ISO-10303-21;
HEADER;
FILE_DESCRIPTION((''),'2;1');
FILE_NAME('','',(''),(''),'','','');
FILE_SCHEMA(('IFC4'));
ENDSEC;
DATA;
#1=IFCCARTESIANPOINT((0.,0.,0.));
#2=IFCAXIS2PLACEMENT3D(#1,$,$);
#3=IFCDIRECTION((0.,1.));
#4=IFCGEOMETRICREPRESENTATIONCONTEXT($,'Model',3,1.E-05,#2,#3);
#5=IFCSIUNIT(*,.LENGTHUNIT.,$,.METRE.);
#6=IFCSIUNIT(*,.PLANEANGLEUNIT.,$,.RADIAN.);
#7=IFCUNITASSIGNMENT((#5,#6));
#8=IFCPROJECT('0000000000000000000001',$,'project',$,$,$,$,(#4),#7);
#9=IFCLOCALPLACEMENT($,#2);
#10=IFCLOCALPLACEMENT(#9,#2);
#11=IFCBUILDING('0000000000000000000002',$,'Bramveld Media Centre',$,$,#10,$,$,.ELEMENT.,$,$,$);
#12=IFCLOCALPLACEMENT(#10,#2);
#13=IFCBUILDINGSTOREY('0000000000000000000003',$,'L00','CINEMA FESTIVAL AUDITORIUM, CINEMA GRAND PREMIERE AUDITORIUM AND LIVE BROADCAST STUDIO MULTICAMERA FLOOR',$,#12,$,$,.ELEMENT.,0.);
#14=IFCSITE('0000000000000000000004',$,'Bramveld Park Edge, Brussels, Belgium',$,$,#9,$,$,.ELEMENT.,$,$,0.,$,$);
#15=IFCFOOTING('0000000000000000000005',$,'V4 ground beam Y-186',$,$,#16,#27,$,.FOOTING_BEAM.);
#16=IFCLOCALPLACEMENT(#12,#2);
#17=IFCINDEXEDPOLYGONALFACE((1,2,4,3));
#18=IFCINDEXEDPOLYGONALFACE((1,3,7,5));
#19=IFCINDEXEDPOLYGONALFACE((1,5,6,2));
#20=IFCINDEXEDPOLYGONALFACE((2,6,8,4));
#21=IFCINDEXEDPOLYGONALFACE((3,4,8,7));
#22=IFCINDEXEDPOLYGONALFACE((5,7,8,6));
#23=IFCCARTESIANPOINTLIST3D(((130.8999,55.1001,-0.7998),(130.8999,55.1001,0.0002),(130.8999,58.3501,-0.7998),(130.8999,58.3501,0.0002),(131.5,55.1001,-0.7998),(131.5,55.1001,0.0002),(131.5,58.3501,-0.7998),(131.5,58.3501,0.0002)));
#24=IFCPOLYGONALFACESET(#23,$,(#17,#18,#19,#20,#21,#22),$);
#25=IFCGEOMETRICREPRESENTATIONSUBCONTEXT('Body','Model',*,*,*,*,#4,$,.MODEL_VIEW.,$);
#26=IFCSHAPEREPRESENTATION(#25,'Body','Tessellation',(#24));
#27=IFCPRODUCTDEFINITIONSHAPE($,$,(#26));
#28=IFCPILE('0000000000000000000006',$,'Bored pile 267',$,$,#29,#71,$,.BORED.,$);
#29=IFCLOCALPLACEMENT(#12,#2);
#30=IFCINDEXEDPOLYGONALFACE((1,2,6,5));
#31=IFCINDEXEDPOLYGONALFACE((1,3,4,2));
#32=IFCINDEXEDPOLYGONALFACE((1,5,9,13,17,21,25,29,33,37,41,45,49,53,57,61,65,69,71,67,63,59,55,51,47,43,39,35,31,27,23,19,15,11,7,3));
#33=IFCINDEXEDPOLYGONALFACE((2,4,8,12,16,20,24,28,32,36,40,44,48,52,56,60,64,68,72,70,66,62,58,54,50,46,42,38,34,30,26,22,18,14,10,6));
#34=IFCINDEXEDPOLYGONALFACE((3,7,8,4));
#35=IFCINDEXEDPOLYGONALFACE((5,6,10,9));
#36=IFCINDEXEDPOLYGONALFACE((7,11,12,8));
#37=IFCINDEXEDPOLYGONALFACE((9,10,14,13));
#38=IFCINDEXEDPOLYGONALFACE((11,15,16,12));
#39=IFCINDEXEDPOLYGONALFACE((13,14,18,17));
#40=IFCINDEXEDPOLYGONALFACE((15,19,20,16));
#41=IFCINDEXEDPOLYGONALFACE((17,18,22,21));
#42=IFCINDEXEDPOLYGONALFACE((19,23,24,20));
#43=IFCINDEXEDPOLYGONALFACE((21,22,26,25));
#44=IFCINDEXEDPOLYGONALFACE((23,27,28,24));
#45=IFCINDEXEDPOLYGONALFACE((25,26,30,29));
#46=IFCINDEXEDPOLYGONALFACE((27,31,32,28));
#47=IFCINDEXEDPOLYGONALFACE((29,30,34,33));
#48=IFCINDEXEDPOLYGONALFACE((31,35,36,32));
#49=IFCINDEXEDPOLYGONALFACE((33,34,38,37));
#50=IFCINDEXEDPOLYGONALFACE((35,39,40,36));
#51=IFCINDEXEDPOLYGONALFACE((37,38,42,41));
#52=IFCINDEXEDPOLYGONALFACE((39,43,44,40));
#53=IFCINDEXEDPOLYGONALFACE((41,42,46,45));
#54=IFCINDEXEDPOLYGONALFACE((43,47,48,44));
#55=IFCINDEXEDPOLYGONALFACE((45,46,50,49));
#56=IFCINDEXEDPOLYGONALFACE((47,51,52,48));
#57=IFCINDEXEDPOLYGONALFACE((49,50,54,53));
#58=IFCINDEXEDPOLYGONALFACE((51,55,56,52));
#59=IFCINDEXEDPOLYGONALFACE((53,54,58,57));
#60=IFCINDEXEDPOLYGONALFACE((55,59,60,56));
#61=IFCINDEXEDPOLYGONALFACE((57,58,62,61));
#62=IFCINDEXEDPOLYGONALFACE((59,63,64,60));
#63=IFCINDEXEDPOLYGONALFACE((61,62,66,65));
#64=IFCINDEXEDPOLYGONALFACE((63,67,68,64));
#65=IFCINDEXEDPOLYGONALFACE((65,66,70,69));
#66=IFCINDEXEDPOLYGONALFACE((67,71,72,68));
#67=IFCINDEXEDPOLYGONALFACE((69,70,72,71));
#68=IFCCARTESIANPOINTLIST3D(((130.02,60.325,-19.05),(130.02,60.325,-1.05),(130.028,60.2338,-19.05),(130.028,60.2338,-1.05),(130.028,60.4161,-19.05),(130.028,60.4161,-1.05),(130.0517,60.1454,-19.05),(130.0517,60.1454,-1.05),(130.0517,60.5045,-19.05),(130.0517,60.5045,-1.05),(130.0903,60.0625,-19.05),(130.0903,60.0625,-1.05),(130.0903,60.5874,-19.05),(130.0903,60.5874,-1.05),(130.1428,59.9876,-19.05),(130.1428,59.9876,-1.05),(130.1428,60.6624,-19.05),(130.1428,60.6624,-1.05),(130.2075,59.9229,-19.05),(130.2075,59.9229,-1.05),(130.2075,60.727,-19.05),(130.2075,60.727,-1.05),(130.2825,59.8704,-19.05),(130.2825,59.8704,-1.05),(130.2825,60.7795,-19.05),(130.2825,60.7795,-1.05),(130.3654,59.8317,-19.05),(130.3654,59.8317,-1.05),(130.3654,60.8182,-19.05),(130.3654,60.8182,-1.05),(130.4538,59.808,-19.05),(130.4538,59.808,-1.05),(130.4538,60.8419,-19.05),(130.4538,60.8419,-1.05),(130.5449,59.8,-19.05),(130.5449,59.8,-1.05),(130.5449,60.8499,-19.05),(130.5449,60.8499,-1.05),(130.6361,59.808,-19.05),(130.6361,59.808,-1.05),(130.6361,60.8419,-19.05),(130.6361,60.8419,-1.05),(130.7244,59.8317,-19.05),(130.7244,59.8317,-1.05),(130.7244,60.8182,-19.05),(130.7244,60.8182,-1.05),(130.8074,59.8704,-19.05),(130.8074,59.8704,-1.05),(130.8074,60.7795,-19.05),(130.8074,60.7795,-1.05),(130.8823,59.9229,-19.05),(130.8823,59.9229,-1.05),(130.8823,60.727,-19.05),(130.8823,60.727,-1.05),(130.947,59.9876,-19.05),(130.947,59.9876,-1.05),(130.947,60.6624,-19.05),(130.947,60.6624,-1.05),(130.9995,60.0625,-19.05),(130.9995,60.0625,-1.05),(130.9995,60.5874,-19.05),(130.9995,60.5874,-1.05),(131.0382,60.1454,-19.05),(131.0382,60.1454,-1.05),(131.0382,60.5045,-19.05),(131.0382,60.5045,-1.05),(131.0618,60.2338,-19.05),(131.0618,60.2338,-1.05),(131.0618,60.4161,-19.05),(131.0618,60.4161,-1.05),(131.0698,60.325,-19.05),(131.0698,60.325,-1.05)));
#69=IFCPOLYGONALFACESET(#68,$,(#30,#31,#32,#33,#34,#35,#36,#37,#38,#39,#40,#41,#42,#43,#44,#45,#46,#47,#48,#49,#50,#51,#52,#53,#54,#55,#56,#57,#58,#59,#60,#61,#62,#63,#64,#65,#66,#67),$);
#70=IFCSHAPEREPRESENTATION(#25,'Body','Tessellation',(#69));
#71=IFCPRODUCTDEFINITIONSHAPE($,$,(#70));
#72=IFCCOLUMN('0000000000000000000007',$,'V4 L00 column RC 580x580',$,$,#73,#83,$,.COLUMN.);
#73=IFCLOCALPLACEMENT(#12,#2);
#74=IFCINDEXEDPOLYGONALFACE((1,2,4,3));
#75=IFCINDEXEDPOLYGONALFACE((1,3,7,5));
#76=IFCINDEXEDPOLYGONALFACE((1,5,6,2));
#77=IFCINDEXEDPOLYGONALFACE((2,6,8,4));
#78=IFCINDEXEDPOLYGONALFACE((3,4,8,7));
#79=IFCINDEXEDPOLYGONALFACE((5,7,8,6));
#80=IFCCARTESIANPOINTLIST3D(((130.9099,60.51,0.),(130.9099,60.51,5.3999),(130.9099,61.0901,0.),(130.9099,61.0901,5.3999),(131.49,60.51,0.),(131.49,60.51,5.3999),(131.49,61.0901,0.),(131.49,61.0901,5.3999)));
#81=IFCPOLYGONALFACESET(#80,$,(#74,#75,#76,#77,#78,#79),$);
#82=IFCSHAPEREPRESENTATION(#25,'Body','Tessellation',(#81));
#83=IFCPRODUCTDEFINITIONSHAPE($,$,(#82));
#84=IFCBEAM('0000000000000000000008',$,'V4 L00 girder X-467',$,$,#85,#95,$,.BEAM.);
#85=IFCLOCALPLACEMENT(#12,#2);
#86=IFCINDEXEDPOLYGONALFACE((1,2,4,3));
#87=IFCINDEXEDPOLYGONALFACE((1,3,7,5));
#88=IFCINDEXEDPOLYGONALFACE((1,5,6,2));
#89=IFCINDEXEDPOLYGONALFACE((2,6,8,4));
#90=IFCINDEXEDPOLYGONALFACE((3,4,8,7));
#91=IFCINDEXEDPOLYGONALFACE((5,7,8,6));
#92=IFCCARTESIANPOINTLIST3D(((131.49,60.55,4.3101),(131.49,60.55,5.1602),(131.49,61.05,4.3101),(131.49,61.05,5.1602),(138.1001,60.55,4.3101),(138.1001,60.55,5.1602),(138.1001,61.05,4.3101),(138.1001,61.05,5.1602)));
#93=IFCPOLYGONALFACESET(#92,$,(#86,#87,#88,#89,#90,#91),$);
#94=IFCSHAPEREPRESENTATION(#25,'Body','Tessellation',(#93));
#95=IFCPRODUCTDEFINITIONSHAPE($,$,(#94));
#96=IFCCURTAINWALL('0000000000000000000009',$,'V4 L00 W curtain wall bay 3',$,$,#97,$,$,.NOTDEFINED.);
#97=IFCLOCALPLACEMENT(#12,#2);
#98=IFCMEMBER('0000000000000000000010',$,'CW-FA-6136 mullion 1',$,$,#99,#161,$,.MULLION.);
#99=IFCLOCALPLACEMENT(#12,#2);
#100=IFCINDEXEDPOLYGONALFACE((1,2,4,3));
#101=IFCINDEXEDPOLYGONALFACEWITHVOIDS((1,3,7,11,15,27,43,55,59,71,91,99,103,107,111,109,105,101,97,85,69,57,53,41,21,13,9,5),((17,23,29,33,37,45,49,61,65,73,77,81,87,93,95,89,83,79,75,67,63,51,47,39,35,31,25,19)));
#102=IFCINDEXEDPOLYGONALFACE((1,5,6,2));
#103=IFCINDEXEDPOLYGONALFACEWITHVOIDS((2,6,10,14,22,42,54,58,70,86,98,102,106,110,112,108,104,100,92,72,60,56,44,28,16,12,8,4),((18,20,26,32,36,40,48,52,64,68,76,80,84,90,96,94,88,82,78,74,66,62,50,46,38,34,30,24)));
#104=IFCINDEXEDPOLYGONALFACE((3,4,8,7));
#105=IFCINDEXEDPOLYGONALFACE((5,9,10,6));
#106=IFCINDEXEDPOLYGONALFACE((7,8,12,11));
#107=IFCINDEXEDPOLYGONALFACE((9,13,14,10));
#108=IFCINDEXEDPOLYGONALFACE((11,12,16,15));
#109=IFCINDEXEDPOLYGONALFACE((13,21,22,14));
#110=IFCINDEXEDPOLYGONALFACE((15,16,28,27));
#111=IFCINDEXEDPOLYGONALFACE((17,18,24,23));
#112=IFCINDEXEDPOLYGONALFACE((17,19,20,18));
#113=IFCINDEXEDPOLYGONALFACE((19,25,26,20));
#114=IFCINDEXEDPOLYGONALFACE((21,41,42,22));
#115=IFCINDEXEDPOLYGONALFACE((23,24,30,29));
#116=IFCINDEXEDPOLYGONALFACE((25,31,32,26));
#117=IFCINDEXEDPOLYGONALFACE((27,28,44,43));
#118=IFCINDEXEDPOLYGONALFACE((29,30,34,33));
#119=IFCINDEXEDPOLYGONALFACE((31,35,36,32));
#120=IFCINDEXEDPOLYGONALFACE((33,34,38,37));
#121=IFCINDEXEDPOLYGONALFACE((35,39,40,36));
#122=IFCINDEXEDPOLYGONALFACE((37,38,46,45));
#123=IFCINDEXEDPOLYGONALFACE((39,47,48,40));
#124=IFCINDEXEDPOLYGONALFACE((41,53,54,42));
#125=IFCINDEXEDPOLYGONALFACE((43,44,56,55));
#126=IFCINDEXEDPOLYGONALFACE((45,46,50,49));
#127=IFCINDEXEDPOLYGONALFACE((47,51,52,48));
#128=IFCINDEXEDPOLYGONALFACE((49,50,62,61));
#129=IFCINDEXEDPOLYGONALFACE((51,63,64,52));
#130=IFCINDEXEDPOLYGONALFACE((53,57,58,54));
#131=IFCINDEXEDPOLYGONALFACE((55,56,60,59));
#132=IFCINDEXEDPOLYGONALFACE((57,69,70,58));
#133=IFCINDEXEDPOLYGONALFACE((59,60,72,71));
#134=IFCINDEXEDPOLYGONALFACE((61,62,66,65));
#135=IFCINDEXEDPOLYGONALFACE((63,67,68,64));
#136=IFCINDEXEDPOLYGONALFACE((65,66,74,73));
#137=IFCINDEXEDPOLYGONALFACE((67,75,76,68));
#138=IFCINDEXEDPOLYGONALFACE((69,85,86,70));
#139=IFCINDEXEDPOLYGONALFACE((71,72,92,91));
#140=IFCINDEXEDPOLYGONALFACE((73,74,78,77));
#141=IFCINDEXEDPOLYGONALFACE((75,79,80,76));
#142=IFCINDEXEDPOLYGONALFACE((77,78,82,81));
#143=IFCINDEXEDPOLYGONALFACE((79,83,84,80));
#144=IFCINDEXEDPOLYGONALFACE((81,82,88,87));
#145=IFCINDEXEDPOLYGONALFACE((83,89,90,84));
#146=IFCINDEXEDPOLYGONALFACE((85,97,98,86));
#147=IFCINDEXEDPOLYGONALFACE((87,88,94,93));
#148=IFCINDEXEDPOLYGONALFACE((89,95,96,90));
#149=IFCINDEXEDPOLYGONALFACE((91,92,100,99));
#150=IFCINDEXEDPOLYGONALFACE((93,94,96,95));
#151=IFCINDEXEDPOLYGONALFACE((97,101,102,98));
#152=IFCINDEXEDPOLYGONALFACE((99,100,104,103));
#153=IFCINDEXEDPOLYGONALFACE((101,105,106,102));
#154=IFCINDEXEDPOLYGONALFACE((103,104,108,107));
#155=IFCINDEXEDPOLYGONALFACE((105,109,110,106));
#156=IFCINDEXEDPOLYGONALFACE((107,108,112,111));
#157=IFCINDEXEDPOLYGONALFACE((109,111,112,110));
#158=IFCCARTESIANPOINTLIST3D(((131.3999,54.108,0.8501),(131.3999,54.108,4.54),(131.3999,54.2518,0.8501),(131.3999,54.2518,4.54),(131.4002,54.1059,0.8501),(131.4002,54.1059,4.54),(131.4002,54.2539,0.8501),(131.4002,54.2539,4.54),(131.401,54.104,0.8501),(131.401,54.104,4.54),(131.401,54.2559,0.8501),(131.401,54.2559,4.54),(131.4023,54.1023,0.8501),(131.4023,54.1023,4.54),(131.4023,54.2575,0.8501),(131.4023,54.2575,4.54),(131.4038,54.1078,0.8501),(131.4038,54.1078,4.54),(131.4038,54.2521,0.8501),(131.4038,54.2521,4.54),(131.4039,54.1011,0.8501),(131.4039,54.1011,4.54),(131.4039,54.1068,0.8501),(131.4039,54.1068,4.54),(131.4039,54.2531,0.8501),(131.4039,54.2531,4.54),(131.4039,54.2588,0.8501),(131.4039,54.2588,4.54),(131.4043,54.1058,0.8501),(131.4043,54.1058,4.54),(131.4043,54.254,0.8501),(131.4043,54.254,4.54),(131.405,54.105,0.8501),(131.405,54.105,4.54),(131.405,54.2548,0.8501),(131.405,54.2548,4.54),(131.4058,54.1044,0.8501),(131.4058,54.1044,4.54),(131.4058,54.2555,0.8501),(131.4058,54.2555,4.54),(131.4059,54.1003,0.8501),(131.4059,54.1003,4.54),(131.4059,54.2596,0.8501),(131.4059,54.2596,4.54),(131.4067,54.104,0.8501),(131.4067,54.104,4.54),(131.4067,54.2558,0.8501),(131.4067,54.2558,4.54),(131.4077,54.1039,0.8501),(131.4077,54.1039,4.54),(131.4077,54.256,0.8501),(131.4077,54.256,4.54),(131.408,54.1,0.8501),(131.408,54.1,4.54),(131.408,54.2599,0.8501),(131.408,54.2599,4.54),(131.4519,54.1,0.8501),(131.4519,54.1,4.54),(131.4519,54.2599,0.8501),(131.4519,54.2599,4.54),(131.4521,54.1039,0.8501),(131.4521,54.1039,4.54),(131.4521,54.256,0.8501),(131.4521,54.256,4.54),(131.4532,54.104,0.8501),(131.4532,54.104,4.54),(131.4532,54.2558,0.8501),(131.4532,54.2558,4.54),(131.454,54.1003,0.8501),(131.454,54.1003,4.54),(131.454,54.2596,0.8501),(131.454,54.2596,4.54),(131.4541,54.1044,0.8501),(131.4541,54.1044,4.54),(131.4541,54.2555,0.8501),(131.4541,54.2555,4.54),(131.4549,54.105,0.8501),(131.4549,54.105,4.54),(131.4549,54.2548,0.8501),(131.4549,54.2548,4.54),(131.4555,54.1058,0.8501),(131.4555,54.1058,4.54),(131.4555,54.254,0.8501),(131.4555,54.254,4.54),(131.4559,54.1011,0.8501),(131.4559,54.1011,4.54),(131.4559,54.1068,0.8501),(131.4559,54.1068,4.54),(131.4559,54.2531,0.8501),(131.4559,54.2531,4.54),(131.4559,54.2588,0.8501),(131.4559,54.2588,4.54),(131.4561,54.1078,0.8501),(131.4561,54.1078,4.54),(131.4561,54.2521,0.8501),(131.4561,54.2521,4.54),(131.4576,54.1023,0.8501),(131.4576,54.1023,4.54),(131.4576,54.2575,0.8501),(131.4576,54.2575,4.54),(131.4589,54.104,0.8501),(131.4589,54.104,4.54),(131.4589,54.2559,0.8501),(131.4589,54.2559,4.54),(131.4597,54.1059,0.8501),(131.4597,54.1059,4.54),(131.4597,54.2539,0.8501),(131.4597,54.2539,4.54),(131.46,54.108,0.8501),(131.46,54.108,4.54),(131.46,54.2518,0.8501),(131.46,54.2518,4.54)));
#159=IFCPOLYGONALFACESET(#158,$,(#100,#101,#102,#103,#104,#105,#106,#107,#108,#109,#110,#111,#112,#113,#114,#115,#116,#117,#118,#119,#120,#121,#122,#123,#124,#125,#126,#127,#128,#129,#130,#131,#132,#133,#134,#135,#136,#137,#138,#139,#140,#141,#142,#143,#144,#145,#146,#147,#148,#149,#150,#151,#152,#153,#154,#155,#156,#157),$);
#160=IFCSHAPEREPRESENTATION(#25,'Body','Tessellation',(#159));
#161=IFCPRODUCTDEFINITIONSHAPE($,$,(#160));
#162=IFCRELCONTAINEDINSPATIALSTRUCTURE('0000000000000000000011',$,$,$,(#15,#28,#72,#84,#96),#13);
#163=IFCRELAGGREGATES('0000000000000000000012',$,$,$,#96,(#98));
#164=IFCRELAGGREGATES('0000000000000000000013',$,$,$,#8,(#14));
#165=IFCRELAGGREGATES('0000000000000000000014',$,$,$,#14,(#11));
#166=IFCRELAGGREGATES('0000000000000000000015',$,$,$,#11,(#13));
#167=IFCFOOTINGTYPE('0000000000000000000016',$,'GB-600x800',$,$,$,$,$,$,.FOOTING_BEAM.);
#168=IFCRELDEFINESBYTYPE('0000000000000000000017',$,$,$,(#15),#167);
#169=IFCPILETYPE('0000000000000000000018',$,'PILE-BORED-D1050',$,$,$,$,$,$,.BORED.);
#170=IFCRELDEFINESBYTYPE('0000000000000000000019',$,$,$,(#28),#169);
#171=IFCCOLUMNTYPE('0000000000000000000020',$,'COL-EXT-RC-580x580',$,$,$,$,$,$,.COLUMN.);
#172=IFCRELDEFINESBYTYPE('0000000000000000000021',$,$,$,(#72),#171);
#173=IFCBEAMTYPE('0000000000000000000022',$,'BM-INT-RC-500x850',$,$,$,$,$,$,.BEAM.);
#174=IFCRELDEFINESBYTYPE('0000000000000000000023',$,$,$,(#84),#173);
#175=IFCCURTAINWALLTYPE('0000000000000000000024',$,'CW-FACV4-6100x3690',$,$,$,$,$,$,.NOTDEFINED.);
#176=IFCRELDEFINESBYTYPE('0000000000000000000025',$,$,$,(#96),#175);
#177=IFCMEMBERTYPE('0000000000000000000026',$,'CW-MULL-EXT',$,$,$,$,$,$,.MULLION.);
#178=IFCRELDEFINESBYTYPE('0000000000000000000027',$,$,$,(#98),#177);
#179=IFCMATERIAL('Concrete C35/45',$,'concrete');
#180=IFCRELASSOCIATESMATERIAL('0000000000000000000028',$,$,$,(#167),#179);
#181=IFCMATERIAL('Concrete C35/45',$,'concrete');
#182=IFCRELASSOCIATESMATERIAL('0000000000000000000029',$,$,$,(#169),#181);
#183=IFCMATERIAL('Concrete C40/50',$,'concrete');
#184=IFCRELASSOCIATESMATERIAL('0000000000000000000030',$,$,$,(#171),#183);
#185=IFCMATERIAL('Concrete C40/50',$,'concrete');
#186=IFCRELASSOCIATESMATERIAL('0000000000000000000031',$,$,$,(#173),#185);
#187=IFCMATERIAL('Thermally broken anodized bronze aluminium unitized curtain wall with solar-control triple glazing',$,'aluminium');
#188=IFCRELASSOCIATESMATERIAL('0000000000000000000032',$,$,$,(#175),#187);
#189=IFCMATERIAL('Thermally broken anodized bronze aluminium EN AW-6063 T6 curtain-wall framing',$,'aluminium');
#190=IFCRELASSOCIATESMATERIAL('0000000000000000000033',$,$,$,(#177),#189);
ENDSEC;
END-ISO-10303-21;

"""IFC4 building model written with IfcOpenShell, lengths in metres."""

from ifc_helpers import new_model, si_unit, direction, frame, origin, origin_2d, place, context, subcontext, project, spatial, rectangle, hollow_rectangle, circle, extrude, material, material_profile, profile_set, type_object, element, aggregate, save


model = new_model("IFC4")

# Units and contexts
model_context = context("Model", 3, precision=1e-05, world=origin(), true_north=direction((0.0, 1.0)))
body_context = subcontext(model_context, "Body", "Model", "MODEL_VIEW")
ifc_project = project(units=[si_unit("LENGTHUNIT", "METRE"), si_unit("PLANEANGLEUNIT", "RADIAN")], contexts=[model_context])

# Site, building, storey
site_placement = place(None, origin())
site = spatial("IfcSite", under=ifc_project, at=site_placement, Name="Bramveld Park Edge, Brussels, Belgium", CompositionType="ELEMENT", RefElevation=0.0)
building_placement = place(site_placement, origin())
building = spatial("IfcBuilding", under=site, at=building_placement, Name="Bramveld Media Centre", CompositionType="ELEMENT")
storey_placement = place(building_placement, origin())
storey = spatial("IfcBuildingStorey", under=building, at=storey_placement, Name="L00", Description="CINEMA FESTIVAL AUDITORIUM, CINEMA GRAND PREMIERE AUDITORIUM AND LIVE BROADCAST STUDIO MULTICAMERA FLOOR", CompositionType="ELEMENT", Elevation=0.0)

# Footing
ifc_material_1 = material(Name="Concrete C35/45", Category="concrete")
footing_type = type_object("IfcFootingType", Name="GB-600x800", PredefinedType="FOOTING_BEAM", material=ifc_material_1)
footing_placement = place(storey_placement, frame((131.2, 56.7251, -0.7998), z_axis=(0.0, 0.0, 1.0), x_axis=(1.0, 0.0, 0.0)))
element("IfcFooting", 1, at=footing_placement, inside=storey, type_object=footing_type, Name="V4 ground beam Y-186", PredefinedType="FOOTING_BEAM", context=body_context, shape_type="SweptSolid", body=[
    extrude(rectangle(XDim=0.6001, YDim=3.25, at=origin_2d()), origin(), (0.0, 0.0, 1.0), 0.8),
])

# Pile
ifc_material_2 = material(Name="Concrete C35/45", Category="concrete")
ifc_material_profile_1 = material_profile(ifc_material_2, circle(Radius=0.5249, at=origin_2d()), Name="BORED D1050")
ifc_profile_set_1 = profile_set([ifc_material_profile_1], Name="Concrete C35/45")
pile_type = type_object("IfcPileType", Name="PILE-BORED-D1050", PredefinedType="BORED", material=ifc_profile_set_1)
pile_placement = place(storey_placement, frame((130.5449, 60.325, -1.05), z_axis=(0.0, 0.0, -1.0), x_axis=(1.0, 0.0, 0.0)))
element("IfcPile", 2, at=pile_placement, inside=storey, type_object=pile_type, Name="Bored pile 267", PredefinedType="BORED", context=body_context, shape_type="SweptSolid", body=[
    extrude(circle(Radius=0.5249, at=origin_2d()), origin(), (0.0, 0.0, 1.0), 18.0),
])

# Column
ifc_material_3 = material(Name="Concrete C40/50", Category="concrete")
ifc_material_profile_2 = material_profile(ifc_material_3, rectangle(XDim=0.5801, YDim=0.5801, at=origin_2d()), Name="RC 580x580")
ifc_profile_set_2 = profile_set([ifc_material_profile_2], Name="Concrete C40/50")
column_type = type_object("IfcColumnType", Name="COL-EXT-RC-580x580", PredefinedType="COLUMN", material=ifc_profile_set_2)
column_placement = place(storey_placement, frame((131.2, 60.8, 0.0), z_axis=(0.0, 0.0, 1.0), x_axis=(1.0, 0.0, 0.0)))
element("IfcColumn", 3, at=column_placement, inside=storey, type_object=column_type, Name="V4 L00 column RC 580x580", PredefinedType="COLUMN", context=body_context, shape_type="SweptSolid", body=[
    extrude(rectangle(XDim=0.5801, YDim=0.5801, at=origin_2d()), origin(), (0.0, 0.0, 1.0), 5.3999),
])

# Beam
ifc_material_4 = material(Name="Concrete C40/50", Category="concrete")
ifc_material_profile_3 = material_profile(ifc_material_4, rectangle(XDim=0.5, YDim=0.8501, at=origin_2d()), Name="RC 500x850")
ifc_profile_set_3 = profile_set([ifc_material_profile_3], Name="Concrete C40/50")
beam_type_1 = type_object("IfcBeamType", Name="BM-INT-RC-500x850", PredefinedType="BEAM", material=ifc_profile_set_3)
beam_1_placement = place(storey_placement, frame((131.49, 60.8, 4.7351), z_axis=(1.0, 0.0, 0.0), x_axis=(0.0, 1.0, 0.0)))
element("IfcBeam", 4, at=beam_1_placement, inside=storey, type_object=beam_type_1, Name="V4 L00 girder X-467", PredefinedType="BEAM", context=body_context, shape_type="SweptSolid", body=[
    extrude(rectangle(XDim=0.5, YDim=0.8501, at=origin_2d()), origin(), (0.0, 0.0, 1.0), 6.6101),
])

# Curtain wall, member
ifc_material_5 = material(Name="Thermally broken anodized bronze aluminium unitized curtain wall with solar-control triple glazing", Category="aluminium")
curtain_wall_type = type_object("IfcCurtainWallType", Name="CW-FACV4-6100x3690", PredefinedType="NOTDEFINED", material=ifc_material_5)
curtain_wall_1_placement = place(storey_placement, origin())
curtain_wall_1 = element("IfcCurtainWall", 5, at=curtain_wall_1_placement, inside=storey, type_object=curtain_wall_type, Name="V4 L00 W curtain wall bay 3", PredefinedType="NOTDEFINED")
ifc_material_6 = material(Name="Thermally broken anodized bronze aluminium EN AW-6063 T6 curtain-wall framing", Category="aluminium")
ifc_material_profile_4 = material_profile(ifc_material_6, hollow_rectangle(XDim=0.0601, YDim=0.1599, WallThickness=0.0039, InnerFilletRadius=0.0039, OuterFilletRadius=0.0081, at=origin_2d()), Name="AL-MULL 60x160")
ifc_profile_set_4 = profile_set([ifc_material_profile_4], Name="Thermally broken anodized bronze aluminium EN AW-6063 T6 curtain-wall framing")
member_type_1 = type_object("IfcMemberType", Name="CW-MULL-EXT", PredefinedType="MULLION", material=ifc_profile_set_4)
member_1_placement = place(storey_placement, frame((131.4299, 54.1799, 0.8501), z_axis=(0.0, 0.0, 1.0), x_axis=(-1.0, 0.0, 0.0)))
member_1 = element("IfcMember", 6, at=member_1_placement, type_object=member_type_1, Name="CW-FA-6136 mullion 1", PredefinedType="MULLION", context=body_context, shape_type="SweptSolid", body=[
    extrude(hollow_rectangle(XDim=0.0601, YDim=0.1599, WallThickness=0.0039, InnerFilletRadius=0.0039, OuterFilletRadius=0.0081, at=origin_2d()), origin(), (0.0, 0.0, 1.0), 3.6899),
])

aggregate(curtain_wall_1, [member_1])

save(model, "model.ifc")
